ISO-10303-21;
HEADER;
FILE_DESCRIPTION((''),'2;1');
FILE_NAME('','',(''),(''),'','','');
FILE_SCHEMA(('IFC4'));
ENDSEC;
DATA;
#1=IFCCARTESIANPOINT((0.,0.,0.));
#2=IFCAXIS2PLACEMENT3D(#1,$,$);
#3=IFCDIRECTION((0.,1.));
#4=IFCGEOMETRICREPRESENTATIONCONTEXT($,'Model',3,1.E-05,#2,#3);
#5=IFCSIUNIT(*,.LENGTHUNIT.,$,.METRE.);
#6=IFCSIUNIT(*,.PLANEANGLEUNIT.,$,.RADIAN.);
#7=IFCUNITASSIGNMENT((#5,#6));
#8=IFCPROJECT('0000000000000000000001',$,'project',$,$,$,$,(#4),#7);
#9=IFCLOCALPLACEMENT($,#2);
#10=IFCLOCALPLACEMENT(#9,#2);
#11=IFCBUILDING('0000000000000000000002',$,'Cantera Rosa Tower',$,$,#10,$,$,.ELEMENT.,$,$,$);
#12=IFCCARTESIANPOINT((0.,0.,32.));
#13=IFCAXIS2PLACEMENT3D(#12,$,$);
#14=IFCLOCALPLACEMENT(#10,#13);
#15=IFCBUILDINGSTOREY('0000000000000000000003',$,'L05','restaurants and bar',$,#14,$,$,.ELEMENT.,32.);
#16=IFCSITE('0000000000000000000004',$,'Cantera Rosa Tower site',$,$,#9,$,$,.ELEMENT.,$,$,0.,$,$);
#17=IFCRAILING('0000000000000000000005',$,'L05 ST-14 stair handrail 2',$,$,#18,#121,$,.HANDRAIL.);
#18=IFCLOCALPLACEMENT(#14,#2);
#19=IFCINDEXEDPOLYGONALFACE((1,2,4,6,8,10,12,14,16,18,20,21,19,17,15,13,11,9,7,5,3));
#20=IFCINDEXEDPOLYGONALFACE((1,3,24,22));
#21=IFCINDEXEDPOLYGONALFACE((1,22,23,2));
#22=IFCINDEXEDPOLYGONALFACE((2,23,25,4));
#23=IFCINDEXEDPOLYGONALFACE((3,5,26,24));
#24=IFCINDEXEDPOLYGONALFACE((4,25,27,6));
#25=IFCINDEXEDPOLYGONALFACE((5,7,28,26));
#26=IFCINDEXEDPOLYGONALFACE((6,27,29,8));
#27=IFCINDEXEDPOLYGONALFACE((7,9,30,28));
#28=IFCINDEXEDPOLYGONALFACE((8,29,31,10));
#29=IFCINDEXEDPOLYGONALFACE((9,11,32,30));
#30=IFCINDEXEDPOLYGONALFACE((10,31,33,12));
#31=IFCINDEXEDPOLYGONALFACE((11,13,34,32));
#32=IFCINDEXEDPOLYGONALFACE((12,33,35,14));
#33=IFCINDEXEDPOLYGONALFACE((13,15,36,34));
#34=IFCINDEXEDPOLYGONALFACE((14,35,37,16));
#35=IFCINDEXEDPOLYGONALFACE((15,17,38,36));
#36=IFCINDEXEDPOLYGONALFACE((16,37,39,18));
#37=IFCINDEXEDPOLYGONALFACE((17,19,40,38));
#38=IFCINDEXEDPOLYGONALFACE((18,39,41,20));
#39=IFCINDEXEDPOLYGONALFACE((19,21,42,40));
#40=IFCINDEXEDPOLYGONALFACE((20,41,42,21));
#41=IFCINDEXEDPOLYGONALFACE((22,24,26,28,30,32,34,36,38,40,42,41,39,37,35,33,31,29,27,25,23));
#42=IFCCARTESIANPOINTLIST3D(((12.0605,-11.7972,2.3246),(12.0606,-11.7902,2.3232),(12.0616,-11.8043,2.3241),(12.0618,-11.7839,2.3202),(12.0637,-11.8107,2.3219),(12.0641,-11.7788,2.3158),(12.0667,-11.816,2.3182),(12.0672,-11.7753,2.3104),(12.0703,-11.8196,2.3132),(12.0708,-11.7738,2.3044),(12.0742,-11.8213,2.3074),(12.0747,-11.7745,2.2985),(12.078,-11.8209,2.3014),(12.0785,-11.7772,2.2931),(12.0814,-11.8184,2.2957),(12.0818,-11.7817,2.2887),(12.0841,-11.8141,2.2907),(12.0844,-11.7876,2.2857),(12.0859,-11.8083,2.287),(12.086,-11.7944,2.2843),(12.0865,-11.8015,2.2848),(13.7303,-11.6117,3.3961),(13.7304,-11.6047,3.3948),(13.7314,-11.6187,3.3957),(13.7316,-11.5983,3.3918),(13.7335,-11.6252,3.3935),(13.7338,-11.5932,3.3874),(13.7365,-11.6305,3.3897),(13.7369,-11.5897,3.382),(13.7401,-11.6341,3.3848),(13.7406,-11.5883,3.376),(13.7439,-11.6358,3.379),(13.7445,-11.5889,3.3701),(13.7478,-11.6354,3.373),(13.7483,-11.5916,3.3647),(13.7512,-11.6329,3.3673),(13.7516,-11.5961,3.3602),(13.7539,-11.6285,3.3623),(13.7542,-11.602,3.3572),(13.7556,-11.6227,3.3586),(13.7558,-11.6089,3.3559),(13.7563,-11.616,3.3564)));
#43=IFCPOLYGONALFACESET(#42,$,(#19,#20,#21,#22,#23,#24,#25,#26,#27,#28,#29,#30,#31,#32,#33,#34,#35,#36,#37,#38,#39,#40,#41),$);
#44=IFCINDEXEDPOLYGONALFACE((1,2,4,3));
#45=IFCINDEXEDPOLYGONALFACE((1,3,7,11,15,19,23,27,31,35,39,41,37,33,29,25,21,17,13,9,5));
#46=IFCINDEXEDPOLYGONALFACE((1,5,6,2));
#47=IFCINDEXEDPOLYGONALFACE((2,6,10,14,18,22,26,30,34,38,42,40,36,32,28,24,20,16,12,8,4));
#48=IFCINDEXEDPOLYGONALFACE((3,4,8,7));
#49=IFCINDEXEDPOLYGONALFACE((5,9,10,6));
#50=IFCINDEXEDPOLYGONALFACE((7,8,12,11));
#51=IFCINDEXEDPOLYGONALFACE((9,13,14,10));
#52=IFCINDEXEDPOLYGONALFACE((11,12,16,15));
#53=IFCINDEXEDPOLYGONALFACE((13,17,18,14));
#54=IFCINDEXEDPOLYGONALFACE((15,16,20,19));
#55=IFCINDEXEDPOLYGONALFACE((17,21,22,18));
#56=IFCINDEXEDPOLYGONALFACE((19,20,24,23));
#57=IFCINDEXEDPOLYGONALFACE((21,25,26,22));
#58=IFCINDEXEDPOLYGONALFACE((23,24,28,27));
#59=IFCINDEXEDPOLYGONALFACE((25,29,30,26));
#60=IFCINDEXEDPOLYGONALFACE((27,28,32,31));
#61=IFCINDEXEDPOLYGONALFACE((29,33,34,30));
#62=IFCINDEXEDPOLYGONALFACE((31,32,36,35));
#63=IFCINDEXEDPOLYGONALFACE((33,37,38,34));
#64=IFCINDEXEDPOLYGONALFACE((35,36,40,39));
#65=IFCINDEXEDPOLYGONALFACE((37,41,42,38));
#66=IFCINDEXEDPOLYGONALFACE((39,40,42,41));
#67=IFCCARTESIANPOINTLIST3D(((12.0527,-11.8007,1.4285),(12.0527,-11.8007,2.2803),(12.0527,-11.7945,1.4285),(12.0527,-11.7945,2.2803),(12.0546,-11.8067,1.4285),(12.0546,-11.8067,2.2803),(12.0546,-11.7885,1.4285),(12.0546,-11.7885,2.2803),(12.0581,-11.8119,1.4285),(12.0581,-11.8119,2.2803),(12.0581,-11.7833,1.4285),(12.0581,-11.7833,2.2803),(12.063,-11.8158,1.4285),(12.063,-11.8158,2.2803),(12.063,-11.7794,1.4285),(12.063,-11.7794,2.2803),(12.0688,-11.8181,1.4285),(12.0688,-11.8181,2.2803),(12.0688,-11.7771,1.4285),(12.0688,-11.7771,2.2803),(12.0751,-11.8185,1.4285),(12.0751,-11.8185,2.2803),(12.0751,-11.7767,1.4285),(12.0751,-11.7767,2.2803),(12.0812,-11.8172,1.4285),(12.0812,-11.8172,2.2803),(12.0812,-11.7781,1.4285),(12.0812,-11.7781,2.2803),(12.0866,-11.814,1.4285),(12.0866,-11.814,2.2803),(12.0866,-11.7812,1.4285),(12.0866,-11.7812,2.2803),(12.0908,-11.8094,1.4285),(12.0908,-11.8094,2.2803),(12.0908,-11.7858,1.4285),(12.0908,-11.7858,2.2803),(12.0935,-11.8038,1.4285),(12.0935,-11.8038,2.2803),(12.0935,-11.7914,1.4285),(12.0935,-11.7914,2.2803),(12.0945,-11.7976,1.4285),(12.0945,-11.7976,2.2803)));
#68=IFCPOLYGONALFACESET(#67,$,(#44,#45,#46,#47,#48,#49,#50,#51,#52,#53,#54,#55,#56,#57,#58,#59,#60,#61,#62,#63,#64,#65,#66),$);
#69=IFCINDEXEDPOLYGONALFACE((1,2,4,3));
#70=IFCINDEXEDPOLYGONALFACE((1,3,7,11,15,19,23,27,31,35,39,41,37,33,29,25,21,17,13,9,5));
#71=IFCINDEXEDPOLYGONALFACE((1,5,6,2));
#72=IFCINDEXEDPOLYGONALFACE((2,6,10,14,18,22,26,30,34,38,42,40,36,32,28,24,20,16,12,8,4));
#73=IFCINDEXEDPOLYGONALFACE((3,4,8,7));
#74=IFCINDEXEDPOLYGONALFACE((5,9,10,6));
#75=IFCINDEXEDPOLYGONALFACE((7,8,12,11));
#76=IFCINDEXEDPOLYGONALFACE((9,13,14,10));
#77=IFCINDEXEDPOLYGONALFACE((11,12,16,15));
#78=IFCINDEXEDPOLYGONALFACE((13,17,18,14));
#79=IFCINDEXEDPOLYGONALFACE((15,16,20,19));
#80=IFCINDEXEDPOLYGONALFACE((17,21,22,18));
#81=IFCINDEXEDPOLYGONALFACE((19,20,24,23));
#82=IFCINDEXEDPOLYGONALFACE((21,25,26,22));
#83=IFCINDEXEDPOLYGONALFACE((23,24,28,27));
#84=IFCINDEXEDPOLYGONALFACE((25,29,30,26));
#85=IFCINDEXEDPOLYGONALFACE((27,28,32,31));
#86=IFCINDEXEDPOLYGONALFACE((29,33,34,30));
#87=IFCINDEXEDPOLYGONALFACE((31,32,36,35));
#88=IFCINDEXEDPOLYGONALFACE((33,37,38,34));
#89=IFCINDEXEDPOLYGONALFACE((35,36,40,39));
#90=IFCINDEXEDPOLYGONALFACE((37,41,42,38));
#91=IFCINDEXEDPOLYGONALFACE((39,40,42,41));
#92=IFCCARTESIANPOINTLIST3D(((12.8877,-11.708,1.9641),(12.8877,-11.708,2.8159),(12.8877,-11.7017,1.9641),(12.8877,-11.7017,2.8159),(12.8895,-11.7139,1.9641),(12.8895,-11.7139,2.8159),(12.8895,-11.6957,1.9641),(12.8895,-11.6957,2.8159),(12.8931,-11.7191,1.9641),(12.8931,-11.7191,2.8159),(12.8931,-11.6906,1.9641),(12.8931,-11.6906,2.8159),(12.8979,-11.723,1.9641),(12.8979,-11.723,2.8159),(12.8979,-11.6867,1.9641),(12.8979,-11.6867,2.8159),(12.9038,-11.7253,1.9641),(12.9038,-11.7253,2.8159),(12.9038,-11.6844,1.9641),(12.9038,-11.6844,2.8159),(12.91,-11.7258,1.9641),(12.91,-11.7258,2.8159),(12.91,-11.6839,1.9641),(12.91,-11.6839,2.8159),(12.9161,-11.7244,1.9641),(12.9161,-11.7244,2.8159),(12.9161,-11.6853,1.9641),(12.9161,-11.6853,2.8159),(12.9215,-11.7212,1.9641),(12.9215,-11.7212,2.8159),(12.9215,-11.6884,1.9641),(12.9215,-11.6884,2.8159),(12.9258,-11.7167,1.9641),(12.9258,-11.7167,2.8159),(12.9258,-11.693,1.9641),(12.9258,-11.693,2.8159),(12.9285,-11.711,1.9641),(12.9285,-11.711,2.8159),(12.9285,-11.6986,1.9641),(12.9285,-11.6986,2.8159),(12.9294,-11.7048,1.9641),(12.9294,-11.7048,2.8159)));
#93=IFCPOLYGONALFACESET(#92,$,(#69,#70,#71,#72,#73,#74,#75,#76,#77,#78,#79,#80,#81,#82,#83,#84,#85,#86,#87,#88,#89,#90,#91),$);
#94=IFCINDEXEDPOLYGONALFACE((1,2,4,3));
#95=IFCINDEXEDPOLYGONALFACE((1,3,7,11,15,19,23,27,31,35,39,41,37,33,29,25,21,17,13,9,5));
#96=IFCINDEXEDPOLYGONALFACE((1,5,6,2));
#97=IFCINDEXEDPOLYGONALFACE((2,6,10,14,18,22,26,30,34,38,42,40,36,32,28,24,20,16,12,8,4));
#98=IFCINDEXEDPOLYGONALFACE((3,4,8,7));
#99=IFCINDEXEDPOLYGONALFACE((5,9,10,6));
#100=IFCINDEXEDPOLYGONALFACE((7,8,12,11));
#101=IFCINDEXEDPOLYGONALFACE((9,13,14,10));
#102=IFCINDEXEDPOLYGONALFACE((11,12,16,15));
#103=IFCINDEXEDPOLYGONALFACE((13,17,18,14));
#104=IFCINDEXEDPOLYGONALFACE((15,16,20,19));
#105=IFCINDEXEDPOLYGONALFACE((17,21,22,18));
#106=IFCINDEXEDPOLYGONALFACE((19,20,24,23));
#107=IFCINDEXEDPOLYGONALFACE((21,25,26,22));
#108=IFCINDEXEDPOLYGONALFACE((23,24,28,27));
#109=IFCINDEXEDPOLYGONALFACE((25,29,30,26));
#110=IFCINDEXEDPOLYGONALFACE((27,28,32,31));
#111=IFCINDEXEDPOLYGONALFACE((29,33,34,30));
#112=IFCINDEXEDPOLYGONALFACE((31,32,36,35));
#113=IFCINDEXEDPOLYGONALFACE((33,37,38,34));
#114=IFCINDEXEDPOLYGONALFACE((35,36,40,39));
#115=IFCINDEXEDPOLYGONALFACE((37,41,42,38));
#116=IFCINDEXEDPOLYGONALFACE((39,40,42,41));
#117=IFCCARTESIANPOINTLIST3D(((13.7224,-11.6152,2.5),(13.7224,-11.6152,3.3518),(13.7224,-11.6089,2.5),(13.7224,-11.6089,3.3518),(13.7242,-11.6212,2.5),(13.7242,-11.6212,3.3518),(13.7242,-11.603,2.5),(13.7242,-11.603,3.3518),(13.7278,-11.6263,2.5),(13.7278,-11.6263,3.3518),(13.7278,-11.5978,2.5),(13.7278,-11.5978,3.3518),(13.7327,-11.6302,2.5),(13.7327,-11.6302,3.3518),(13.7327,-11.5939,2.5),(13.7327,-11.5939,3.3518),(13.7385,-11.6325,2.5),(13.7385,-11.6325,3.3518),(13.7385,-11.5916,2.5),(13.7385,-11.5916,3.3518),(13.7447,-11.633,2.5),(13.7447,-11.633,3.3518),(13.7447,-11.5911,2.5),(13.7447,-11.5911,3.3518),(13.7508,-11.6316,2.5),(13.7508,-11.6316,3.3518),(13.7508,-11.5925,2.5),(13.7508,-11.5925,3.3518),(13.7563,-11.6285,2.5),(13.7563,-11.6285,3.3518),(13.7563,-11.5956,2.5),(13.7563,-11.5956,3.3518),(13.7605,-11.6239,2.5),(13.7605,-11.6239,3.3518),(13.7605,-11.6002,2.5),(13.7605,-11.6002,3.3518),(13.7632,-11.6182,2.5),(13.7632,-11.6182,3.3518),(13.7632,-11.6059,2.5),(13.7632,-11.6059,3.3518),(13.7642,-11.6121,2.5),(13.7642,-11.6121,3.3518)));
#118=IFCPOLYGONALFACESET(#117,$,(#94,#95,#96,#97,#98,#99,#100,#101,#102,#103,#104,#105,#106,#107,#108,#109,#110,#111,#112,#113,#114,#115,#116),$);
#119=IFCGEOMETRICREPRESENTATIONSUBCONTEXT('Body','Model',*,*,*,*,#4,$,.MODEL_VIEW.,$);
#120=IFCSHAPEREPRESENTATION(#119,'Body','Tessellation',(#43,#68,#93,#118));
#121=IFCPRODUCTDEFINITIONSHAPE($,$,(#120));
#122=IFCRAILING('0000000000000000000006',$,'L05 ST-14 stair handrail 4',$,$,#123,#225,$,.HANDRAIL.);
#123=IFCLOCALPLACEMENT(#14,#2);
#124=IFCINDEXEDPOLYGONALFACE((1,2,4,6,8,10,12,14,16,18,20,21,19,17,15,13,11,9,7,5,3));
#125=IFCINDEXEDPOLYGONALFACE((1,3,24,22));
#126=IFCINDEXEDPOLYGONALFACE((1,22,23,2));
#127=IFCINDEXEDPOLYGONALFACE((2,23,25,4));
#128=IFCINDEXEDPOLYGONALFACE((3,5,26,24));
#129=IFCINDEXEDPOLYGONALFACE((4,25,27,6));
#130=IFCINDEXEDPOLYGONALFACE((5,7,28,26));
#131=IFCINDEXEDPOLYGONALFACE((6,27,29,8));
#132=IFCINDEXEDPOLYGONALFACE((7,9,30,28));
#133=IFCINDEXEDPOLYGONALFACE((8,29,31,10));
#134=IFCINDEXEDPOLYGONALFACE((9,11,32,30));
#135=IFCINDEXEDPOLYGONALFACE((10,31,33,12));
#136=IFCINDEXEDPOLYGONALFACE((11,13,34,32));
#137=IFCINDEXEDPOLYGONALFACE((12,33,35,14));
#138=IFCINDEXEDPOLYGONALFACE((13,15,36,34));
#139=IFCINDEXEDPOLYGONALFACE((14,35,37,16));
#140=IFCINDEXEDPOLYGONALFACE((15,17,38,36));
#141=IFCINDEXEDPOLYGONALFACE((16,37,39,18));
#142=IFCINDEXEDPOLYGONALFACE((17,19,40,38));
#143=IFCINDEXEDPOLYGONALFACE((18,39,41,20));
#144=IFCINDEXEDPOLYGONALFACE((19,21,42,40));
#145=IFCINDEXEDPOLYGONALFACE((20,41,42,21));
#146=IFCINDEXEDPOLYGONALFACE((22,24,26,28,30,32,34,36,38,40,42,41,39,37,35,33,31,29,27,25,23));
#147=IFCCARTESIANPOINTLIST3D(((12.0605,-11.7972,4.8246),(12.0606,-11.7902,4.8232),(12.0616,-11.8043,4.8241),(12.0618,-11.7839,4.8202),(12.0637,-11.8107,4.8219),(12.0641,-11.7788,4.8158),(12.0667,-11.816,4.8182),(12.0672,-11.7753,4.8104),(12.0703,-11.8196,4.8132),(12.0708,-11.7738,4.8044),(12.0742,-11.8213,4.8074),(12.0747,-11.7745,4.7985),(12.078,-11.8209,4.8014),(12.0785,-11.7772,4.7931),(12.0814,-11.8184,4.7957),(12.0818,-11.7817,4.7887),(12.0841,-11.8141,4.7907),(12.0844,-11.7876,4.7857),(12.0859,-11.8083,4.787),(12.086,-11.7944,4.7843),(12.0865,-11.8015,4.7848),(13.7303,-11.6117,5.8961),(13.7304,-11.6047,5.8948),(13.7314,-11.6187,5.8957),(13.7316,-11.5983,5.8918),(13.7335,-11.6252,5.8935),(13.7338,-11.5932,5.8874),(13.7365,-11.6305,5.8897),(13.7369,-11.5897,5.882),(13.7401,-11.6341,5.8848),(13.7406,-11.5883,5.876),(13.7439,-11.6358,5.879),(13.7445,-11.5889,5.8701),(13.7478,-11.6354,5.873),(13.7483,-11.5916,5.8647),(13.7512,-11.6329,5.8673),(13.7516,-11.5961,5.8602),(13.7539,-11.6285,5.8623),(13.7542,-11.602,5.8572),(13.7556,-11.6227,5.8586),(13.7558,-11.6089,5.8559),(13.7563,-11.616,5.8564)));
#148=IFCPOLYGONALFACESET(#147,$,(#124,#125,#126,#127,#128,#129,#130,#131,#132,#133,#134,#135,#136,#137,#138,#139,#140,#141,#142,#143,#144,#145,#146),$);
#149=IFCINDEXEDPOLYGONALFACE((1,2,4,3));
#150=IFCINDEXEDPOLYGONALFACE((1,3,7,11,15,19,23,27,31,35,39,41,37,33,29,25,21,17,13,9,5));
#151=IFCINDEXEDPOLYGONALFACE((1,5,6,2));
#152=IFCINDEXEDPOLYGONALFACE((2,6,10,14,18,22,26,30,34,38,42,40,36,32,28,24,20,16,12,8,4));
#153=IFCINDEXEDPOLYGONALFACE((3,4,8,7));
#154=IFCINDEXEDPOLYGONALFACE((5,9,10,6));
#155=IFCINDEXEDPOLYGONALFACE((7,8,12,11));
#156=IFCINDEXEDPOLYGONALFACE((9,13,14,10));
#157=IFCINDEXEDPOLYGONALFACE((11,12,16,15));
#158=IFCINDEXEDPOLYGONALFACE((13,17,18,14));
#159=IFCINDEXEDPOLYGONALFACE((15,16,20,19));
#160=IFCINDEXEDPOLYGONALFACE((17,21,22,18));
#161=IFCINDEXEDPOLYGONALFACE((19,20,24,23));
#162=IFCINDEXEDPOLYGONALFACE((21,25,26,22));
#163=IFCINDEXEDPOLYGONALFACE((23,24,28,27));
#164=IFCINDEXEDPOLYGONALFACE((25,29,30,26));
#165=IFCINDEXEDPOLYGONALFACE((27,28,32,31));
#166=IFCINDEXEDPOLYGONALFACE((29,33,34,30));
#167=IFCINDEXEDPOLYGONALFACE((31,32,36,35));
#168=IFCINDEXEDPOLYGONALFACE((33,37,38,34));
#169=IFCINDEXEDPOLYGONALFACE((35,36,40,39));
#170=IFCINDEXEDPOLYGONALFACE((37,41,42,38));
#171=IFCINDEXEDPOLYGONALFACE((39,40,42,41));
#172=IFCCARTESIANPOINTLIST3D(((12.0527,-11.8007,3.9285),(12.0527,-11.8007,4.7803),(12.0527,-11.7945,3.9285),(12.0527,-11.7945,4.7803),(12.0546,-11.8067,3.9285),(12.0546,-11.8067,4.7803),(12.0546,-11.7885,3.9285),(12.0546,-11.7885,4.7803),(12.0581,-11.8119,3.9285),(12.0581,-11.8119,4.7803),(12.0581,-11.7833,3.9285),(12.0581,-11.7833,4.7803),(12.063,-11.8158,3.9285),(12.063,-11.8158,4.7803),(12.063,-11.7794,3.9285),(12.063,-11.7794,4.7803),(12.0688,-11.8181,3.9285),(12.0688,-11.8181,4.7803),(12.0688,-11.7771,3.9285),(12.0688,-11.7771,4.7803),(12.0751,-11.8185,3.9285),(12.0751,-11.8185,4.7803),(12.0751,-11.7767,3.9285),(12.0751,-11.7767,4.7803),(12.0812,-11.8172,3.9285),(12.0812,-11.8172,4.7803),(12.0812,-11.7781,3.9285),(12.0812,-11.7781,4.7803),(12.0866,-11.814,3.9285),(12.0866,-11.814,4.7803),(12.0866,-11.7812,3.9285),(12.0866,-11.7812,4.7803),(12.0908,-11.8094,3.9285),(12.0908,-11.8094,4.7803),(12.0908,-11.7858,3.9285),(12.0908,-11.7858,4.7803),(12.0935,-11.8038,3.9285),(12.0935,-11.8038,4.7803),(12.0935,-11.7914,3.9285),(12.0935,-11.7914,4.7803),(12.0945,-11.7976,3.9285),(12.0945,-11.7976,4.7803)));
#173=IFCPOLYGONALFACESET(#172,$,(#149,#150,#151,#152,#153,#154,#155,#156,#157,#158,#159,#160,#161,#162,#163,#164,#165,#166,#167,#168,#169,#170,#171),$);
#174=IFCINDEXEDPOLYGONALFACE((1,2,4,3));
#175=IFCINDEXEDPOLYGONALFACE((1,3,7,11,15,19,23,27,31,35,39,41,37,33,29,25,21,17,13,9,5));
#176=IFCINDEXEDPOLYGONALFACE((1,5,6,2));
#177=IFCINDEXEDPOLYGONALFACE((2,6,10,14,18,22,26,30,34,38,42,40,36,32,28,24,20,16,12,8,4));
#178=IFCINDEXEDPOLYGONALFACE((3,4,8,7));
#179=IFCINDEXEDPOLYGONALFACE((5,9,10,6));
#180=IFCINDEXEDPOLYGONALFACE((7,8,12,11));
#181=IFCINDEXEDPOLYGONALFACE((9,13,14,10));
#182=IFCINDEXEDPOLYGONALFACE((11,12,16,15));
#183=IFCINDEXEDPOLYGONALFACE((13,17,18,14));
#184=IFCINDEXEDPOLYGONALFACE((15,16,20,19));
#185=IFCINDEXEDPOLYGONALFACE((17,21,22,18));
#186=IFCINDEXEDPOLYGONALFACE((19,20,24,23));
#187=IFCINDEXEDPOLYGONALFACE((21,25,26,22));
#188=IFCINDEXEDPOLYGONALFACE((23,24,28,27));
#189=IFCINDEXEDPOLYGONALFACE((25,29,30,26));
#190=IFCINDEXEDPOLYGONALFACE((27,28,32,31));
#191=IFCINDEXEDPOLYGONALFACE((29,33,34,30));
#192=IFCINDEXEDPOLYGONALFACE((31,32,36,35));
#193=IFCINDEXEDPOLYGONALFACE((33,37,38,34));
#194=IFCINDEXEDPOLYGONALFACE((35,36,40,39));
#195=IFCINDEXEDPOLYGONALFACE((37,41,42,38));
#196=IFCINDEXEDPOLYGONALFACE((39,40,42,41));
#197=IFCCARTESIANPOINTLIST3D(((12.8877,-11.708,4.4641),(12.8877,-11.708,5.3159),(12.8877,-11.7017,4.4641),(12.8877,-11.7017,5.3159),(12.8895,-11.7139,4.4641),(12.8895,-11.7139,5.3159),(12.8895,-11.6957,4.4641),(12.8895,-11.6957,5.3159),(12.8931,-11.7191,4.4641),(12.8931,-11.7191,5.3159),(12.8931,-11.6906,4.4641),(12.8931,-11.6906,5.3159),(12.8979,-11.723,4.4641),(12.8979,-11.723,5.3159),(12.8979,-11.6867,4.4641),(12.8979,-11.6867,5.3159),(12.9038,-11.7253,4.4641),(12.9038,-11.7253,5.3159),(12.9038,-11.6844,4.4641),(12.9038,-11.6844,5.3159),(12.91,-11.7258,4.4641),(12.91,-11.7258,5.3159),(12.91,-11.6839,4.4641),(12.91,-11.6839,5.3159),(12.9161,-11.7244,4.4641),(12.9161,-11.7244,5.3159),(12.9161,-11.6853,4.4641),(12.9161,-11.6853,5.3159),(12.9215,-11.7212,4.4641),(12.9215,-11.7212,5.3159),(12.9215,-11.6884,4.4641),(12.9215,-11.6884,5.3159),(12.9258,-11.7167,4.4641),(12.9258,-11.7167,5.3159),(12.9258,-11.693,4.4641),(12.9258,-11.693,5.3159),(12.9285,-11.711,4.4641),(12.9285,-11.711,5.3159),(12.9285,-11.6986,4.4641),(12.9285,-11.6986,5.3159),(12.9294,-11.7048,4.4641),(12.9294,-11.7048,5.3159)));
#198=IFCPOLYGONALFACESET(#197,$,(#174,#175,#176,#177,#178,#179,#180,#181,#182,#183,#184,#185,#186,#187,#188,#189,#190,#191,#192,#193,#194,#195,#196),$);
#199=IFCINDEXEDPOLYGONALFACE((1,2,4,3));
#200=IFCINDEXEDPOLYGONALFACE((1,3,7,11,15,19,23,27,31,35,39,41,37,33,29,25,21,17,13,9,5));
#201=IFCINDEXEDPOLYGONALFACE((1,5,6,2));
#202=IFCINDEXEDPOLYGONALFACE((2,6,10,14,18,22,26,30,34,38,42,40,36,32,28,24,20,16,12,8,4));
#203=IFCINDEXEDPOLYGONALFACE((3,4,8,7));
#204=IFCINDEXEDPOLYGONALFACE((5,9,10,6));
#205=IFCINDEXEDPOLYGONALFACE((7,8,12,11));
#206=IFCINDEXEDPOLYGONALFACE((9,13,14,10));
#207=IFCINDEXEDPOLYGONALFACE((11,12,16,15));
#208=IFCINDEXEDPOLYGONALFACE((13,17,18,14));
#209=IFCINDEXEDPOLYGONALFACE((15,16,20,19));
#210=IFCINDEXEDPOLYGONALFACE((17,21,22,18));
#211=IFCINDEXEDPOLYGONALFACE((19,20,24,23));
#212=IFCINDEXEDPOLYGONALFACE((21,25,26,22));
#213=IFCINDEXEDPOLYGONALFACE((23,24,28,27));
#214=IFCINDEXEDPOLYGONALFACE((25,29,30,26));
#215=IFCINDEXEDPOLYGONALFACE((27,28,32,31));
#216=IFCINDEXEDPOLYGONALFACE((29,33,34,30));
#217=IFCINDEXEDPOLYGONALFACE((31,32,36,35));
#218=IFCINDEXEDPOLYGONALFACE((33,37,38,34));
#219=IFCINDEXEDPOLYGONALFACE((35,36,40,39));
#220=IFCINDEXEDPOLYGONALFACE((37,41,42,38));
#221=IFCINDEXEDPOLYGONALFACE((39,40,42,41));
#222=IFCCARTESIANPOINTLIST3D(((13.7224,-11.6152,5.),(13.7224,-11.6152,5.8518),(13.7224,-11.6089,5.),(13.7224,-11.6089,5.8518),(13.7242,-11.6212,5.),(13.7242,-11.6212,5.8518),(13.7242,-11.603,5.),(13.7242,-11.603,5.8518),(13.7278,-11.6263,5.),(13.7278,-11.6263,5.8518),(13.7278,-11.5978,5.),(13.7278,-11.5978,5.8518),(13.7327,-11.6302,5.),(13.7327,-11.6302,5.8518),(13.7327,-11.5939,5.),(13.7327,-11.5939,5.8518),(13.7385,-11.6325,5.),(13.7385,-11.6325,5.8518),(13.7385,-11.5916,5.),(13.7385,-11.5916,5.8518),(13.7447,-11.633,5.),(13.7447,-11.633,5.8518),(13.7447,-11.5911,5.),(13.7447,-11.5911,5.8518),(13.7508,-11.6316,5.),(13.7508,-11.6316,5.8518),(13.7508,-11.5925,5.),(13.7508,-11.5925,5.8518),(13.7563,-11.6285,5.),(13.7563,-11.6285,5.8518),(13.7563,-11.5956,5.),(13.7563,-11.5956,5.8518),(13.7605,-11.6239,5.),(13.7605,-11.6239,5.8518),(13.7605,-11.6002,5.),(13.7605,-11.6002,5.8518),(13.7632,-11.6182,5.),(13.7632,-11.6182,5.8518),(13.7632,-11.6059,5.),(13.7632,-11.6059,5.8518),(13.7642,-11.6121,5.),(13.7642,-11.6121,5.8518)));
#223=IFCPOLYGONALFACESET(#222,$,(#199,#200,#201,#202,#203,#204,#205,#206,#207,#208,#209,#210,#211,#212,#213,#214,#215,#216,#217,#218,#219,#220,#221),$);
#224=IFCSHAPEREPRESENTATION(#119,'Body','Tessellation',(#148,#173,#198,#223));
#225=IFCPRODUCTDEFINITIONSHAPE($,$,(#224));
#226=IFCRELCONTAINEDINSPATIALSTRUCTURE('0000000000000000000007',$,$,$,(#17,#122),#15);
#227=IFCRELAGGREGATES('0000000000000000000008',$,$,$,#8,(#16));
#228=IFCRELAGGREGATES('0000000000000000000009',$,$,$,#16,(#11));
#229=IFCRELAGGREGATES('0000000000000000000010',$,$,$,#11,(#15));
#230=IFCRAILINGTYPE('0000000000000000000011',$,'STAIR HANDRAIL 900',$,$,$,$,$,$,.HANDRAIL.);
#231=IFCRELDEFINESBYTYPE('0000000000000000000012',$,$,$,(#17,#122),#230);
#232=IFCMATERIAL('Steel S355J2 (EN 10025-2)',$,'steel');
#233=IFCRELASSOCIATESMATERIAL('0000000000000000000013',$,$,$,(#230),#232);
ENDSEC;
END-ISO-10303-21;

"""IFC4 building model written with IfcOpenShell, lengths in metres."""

from ifc_helpers import new_model, si_unit, direction, frame, origin, origin_2d, place, context, subcontext, project, spatial, circle, extrude, material, type_object, element, save


model = new_model("IFC4")

# Units and contexts
model_context = context("Model", 3, precision=1e-05, world=origin(), true_north=direction((0.0, 1.0)))
body_context = subcontext(model_context, "Body", "Model", "MODEL_VIEW")
ifc_project = project(units=[si_unit("LENGTHUNIT", "METRE"), si_unit("PLANEANGLEUNIT", "RADIAN")], contexts=[model_context])

# Site, building, storey
site_placement = place(None, origin())
site = spatial("IfcSite", under=ifc_project, at=site_placement, Name="Cantera Rosa Tower site", CompositionType="ELEMENT", RefElevation=0.0)
building_placement = place(site_placement, origin())
building = spatial("IfcBuilding", under=site, at=building_placement, Name="Cantera Rosa Tower", CompositionType="ELEMENT")
storey_placement = place(building_placement, frame((0.0, 0.0, 32.0)))
storey = spatial("IfcBuildingStorey", under=building, at=storey_placement, Name="L05", Description="restaurants and bar", CompositionType="ELEMENT", Elevation=32.0)

# Railings
ifc_material_1 = material(Name="Steel S355J2 (EN 10025-2)", Category="steel")
railing_type_1 = type_object("IfcRailingType", Name="STAIR HANDRAIL 900", PredefinedType="HANDRAIL", material=ifc_material_1)
for number, where, name in (
    (1, (12.0735, -11.7976, 1.4285), "L05 ST-14 stair handrail 2"),
    (2, (12.0735, -11.7976, 3.9285), "L05 ST-14 stair handrail 4"),
):
    element("IfcRailing", number, at=place(storey_placement, frame(where)), inside=storey, type_object=railing_type_1, Name=name, PredefinedType="HANDRAIL", context=body_context, shape_type="SweptSolid", body=[
        extrude(circle(Radius=0.0239, at=origin_2d()), frame((0.0, 0.0, 0.876), z_axis=(0.837941, 0.093118, 0.537758), x_axis=(-0.110447, 0.993882, 0.0)), (0.0, 0.0, 1.0), 1.9927),
        extrude(circle(Radius=0.021, at=origin_2d()), origin(), (0.0, 0.0, 1.0), 0.8518),
        extrude(circle(Radius=0.021, at=origin_2d()), frame((0.835, 0.0928, 0.5356)), (0.0, 0.0, 1.0), 0.8518),
        extrude(circle(Radius=0.021, at=origin_2d()), frame((1.6697, 0.1855, 1.0715)), (0.0, 0.0, 1.0), 0.8518),
    ])

save(model, "model.ifc")
